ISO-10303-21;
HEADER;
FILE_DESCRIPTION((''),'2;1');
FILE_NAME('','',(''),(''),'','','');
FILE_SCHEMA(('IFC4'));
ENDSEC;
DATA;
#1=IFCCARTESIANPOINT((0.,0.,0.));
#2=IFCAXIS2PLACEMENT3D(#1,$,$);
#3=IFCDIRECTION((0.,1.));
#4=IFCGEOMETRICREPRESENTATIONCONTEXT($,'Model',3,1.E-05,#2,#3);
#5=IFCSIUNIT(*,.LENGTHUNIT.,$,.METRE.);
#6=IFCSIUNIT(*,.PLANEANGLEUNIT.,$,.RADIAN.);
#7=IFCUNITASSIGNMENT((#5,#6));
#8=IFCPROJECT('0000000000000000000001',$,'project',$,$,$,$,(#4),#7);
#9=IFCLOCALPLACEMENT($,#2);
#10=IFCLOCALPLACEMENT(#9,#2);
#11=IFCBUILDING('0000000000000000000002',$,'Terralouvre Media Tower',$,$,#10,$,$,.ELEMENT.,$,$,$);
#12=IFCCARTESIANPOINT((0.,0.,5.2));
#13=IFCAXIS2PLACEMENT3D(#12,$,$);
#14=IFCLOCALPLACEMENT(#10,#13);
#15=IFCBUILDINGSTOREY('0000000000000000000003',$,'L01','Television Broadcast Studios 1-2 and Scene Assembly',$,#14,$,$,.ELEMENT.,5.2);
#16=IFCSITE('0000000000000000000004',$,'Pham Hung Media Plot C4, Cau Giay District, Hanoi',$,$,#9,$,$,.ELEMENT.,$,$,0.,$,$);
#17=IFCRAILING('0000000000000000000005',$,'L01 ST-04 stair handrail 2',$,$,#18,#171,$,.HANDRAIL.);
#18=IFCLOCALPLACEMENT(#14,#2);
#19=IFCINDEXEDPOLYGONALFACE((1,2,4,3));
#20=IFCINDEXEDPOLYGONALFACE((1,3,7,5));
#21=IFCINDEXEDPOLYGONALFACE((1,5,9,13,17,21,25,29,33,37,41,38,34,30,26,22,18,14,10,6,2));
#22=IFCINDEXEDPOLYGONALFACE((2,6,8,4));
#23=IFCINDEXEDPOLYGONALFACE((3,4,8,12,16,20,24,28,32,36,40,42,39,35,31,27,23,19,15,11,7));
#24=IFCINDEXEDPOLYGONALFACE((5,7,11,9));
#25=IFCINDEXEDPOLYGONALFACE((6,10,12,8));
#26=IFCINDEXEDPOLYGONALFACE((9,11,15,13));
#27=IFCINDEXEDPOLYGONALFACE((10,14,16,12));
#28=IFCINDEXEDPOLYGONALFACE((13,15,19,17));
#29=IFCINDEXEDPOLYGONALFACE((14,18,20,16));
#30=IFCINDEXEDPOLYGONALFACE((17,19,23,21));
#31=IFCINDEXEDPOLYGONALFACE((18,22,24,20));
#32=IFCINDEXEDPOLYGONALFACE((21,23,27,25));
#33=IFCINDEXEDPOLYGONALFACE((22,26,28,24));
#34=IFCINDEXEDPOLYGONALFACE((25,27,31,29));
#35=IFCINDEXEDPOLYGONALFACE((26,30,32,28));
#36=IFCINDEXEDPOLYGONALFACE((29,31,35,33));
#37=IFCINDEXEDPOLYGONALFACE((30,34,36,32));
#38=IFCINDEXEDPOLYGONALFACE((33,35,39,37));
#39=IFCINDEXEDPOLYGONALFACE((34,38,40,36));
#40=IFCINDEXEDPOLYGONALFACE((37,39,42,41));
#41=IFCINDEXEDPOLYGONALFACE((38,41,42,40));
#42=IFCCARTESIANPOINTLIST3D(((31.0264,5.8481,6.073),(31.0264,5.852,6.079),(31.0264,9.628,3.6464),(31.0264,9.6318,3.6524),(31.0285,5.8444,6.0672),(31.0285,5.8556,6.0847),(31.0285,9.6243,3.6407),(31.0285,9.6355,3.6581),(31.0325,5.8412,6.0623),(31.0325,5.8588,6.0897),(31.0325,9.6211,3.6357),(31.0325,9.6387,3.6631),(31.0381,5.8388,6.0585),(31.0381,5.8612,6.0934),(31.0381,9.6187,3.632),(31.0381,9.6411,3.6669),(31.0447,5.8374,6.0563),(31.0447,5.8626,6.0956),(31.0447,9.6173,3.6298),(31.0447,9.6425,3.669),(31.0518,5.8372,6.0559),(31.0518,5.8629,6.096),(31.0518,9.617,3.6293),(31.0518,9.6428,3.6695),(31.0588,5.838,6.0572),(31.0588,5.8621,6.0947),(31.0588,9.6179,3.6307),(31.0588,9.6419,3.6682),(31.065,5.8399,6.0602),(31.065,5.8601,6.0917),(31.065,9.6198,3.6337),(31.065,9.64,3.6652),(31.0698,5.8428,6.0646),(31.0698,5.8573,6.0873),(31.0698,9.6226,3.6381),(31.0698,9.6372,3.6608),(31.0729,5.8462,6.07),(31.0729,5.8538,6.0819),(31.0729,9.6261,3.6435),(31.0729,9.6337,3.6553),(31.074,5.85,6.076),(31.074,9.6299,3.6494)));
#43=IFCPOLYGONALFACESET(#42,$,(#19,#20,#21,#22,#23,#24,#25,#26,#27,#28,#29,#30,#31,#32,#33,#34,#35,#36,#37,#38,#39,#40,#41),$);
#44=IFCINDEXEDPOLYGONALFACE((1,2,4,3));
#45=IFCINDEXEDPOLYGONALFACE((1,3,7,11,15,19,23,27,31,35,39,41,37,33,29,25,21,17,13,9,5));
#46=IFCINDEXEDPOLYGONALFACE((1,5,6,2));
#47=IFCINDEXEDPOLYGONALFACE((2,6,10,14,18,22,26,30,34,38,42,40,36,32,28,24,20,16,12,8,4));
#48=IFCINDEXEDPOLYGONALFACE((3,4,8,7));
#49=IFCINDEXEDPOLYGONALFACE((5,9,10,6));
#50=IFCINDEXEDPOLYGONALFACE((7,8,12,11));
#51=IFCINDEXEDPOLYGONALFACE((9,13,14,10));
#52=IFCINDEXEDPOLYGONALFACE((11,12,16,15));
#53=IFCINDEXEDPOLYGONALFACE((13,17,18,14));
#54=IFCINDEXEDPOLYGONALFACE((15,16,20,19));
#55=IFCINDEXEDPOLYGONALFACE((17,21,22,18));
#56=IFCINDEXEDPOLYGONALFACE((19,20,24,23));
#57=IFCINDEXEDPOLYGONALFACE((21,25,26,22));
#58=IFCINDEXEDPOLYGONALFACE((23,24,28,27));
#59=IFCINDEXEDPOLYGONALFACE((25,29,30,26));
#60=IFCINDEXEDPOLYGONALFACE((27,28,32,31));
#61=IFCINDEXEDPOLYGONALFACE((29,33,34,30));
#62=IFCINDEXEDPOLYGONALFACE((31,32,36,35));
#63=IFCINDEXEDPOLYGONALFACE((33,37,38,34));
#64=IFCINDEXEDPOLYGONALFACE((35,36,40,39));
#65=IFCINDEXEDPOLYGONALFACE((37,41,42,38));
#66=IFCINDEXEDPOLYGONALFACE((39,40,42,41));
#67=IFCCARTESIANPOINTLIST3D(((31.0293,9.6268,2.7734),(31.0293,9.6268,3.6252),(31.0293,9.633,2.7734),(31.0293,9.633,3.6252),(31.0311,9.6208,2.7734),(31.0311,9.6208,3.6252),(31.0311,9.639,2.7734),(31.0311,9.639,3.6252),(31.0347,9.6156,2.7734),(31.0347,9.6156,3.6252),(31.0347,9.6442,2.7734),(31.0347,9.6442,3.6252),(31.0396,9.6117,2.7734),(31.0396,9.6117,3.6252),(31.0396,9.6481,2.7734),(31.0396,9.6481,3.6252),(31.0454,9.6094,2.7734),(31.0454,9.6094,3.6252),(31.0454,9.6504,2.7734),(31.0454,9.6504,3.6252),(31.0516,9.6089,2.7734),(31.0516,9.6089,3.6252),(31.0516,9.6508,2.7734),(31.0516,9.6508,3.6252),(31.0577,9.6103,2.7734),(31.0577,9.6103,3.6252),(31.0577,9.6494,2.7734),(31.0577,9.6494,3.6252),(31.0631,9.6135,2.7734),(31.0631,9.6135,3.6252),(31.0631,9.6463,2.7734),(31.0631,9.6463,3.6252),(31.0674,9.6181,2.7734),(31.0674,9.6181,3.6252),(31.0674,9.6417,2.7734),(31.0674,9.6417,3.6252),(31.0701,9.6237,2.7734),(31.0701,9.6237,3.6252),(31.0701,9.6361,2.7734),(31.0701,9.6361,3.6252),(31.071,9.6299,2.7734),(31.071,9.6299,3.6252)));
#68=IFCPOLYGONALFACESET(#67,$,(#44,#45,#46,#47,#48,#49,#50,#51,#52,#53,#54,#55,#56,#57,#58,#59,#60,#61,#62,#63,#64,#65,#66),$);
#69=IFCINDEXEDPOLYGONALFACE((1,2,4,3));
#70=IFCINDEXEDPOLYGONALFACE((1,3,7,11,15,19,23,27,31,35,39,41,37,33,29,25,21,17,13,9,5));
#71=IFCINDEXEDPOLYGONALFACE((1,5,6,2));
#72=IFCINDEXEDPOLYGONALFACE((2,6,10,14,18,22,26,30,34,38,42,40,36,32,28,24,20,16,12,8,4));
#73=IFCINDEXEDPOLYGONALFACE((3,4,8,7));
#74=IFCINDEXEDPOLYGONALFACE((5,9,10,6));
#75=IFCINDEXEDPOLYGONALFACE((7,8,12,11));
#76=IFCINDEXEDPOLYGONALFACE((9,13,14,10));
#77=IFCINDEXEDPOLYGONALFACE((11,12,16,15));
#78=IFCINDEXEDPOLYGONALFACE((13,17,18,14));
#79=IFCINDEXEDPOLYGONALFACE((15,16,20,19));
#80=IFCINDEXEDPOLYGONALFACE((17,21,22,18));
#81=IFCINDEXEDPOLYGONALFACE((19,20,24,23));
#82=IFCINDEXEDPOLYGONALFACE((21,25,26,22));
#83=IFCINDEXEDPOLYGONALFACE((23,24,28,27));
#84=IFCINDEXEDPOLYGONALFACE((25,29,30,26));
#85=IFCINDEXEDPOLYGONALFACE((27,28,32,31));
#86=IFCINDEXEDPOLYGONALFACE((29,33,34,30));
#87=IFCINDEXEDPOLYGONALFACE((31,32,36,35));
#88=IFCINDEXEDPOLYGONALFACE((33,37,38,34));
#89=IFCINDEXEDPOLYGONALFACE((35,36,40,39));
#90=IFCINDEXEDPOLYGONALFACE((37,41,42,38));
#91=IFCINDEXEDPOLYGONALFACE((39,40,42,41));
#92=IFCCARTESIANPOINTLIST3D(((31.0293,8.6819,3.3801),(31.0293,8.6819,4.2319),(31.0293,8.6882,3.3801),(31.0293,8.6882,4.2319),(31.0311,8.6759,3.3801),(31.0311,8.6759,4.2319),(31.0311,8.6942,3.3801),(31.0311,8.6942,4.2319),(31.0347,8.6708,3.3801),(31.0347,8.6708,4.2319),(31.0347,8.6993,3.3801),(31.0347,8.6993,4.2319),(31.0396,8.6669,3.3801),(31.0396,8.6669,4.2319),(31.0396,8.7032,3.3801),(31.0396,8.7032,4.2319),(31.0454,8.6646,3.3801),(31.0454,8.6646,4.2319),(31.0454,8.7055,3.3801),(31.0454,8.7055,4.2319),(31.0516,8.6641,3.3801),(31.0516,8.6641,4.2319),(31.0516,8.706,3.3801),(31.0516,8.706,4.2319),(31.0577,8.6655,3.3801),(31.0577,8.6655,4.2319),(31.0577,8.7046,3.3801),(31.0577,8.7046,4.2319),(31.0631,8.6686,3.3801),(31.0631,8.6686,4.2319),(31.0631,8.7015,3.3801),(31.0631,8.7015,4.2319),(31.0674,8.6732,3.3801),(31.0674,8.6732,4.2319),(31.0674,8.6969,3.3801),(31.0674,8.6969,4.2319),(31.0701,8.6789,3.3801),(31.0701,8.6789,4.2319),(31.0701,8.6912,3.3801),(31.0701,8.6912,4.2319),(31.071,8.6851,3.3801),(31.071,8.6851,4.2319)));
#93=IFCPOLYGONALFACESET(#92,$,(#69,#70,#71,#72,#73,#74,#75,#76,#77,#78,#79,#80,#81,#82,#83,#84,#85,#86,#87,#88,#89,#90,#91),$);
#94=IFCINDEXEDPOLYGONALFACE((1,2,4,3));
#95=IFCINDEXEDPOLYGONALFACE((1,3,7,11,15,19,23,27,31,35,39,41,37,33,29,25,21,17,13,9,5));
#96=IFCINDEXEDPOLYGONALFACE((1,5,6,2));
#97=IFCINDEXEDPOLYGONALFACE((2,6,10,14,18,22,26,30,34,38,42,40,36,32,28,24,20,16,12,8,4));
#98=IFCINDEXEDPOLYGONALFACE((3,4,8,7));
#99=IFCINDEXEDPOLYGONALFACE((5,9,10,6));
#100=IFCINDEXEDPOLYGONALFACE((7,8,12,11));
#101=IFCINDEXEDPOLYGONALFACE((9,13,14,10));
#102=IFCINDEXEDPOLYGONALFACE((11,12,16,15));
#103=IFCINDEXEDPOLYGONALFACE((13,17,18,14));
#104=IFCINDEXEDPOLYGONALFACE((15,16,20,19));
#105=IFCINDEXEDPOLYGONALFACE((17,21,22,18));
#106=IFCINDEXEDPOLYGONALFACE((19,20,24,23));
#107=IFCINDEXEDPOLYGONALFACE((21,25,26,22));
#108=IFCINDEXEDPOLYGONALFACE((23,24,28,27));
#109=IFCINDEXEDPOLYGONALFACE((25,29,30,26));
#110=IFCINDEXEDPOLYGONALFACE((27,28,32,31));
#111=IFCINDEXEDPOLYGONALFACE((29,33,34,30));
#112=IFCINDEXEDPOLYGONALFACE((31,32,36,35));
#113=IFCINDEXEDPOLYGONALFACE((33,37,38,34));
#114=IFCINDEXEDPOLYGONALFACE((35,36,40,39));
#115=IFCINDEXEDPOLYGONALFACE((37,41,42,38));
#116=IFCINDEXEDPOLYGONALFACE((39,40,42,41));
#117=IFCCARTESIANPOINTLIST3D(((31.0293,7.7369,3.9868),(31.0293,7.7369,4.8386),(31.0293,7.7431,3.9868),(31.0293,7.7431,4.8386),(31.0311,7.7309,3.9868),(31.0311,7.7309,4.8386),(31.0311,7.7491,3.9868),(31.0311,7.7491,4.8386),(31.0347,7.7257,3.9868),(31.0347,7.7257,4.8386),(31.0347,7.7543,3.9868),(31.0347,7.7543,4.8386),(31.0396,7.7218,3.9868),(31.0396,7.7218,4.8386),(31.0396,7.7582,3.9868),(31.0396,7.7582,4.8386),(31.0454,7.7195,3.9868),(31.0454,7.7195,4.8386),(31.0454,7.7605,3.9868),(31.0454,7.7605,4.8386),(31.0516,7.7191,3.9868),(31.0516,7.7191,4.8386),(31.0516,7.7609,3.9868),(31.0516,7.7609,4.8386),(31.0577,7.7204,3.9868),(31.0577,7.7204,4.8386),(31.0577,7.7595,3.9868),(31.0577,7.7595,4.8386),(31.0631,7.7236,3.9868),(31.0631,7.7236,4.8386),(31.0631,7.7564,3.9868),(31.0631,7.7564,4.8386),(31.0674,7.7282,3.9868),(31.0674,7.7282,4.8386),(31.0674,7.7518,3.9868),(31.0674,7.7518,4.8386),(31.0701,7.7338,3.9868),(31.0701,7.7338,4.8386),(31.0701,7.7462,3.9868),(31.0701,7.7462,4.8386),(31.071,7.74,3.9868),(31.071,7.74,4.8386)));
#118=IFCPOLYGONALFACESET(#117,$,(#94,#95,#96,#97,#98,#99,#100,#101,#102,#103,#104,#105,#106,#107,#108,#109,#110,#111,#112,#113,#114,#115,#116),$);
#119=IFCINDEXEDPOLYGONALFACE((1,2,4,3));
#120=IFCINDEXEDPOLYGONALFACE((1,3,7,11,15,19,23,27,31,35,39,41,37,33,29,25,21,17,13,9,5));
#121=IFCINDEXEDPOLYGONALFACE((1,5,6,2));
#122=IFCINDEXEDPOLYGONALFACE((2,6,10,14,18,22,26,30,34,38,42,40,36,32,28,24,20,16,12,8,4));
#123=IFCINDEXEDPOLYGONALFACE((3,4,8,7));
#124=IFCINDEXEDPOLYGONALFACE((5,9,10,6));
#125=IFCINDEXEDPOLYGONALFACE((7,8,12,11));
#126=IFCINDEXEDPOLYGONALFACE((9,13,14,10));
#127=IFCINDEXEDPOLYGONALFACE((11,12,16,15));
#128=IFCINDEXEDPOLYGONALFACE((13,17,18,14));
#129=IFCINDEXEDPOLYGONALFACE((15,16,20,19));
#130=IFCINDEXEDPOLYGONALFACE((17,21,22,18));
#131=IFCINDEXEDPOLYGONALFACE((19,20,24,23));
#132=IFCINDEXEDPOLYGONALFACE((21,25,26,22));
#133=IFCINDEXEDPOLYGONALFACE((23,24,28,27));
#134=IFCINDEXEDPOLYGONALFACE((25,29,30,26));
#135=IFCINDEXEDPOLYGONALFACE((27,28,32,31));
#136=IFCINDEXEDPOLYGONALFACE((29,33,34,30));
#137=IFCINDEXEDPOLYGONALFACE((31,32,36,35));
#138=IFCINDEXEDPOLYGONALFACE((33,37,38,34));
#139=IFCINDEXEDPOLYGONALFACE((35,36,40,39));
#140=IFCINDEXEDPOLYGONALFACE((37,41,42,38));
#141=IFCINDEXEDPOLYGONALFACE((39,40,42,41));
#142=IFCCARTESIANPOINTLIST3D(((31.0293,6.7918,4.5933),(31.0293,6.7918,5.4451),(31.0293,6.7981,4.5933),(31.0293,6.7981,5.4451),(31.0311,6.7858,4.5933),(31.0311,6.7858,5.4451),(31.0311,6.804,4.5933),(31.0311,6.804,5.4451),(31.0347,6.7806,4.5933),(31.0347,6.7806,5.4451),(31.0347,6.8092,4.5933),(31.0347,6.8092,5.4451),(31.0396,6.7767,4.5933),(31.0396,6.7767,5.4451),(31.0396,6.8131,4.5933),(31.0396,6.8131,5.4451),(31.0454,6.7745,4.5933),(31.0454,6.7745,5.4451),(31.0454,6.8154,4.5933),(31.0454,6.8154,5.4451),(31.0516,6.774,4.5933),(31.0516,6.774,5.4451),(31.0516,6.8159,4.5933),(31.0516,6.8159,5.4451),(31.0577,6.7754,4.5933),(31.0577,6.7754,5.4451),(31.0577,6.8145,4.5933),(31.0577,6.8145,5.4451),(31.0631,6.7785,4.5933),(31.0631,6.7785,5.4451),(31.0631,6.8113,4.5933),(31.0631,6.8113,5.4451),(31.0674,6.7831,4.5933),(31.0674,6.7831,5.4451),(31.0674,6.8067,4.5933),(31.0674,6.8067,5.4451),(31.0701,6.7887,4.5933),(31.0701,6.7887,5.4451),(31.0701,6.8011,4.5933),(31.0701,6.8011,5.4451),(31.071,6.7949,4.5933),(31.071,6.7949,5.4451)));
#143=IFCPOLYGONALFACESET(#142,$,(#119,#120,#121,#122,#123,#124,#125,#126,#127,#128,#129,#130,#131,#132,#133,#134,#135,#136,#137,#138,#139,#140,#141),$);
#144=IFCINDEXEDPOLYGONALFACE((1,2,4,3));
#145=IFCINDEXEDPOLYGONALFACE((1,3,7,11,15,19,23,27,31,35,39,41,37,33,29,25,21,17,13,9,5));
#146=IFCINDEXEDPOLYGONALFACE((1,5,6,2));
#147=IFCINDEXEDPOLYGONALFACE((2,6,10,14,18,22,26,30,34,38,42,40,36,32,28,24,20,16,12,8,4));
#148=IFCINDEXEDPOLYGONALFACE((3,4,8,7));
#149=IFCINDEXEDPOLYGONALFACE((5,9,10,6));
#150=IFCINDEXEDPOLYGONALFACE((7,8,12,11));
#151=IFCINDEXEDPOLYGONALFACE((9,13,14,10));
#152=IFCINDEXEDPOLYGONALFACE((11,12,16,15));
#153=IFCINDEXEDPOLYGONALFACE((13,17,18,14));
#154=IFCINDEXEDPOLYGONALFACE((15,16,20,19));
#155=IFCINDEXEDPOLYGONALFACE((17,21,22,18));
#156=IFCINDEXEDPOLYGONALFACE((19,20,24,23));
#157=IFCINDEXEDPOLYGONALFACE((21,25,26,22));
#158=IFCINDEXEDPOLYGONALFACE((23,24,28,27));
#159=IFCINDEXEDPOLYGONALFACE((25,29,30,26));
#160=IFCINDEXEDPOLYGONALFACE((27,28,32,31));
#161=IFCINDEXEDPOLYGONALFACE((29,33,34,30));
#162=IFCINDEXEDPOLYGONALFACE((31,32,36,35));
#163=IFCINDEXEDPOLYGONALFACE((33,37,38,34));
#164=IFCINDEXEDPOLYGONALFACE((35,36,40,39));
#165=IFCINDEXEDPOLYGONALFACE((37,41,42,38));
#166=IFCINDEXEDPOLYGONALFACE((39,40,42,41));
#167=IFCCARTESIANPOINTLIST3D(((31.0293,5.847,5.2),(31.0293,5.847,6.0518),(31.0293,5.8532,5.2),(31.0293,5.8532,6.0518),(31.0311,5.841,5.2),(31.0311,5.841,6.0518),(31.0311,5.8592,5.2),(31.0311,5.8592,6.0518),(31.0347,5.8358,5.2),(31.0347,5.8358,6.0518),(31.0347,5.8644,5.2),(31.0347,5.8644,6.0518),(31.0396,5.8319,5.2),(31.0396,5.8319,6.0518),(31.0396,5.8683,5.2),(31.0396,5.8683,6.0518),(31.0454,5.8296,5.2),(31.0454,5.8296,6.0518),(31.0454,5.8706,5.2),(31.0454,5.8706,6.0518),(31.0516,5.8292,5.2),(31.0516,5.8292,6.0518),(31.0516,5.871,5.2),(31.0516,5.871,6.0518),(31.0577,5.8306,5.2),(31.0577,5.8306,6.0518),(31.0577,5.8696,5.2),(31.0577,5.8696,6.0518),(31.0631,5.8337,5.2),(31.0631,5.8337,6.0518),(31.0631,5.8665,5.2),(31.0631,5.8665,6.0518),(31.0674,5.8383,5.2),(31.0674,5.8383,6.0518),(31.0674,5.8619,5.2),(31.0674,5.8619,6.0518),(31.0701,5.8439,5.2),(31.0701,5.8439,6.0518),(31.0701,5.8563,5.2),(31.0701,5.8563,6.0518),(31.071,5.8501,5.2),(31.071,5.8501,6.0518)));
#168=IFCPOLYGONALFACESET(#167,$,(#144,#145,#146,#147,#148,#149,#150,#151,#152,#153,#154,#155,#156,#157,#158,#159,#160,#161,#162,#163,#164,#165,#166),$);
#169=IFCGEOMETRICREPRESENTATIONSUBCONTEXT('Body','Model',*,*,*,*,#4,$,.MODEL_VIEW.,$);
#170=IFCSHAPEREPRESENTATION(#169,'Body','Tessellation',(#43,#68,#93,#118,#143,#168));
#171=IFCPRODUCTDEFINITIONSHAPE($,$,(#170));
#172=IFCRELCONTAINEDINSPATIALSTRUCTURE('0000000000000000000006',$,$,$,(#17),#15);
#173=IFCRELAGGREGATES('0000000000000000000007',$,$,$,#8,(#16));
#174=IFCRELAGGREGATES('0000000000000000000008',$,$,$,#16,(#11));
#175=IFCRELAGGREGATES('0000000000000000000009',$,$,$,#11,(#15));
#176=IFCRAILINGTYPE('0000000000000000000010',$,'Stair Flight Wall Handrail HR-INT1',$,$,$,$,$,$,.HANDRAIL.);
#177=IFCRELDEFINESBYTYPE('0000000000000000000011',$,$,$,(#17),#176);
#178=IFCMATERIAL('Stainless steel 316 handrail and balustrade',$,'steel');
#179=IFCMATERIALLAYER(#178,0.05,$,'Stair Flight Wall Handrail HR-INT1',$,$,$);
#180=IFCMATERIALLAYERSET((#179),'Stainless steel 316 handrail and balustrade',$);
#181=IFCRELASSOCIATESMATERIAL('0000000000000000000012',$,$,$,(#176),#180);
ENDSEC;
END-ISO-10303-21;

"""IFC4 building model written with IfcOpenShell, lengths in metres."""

from ifc_helpers import new_model, si_unit, direction, frame, origin, origin_2d, place, context, subcontext, project, spatial, circle, extrude, material, layer, layer_set, type_object, element, save


model = new_model("IFC4")

# Units and contexts
model_context = context("Model", 3, precision=1e-05, world=origin(), true_north=direction((0.0, 1.0)))
body_context = subcontext(model_context, "Body", "Model", "MODEL_VIEW")
ifc_project = project(units=[si_unit("LENGTHUNIT", "METRE"), si_unit("PLANEANGLEUNIT", "RADIAN")], contexts=[model_context])

# Site, building, storey
site_placement = place(None, origin())
site = spatial("IfcSite", under=ifc_project, at=site_placement, Name="Pham Hung Media Plot C4, Cau Giay District, Hanoi", CompositionType="ELEMENT", RefElevation=0.0)
building_placement = place(site_placement, origin())
building = spatial("IfcBuilding", under=site, at=building_placement, Name="Terralouvre Media Tower", CompositionType="ELEMENT")
storey_placement = place(building_placement, frame((0.0, 0.0, 5.2)))
storey = spatial("IfcBuildingStorey", under=building, at=storey_placement, Name="L01", Description="Television Broadcast Studios 1-2 and Scene Assembly", CompositionType="ELEMENT", Elevation=5.2)

# Railing
ifc_material_1 = material(Name="Stainless steel 316 handrail and balustrade", Category="steel")
ifc_layer_1 = layer(ifc_material_1, 0.05, Name="Stair Flight Wall Handrail HR-INT1")
ifc_layer_set_1 = layer_set([ifc_layer_1], Name="Stainless steel 316 handrail and balustrade")
railing_type_1 = type_object("IfcRailingType", Name="Stair Flight Wall Handrail HR-INT1", PredefinedType="HANDRAIL", material=ifc_layer_set_1)
railing_1_placement = place(storey_placement, frame((31.05, 9.6299, 2.7734)))
element("IfcRailing", 1, at=railing_1_placement, inside=storey, type_object=railing_type_1, Name="L01 ST-04 stair handrail 2", PredefinedType="HANDRAIL", context=body_context, shape_type="SweptSolid", body=[
    extrude(circle(Radius=0.0239, at=origin_2d()), frame((0.0, 0.0, 0.876), z_axis=(0.0, -0.841517, 0.54023), x_axis=(1.0, 0.0, 0.0)), (0.0, 0.0, 1.0), 4.4917),
    extrude(circle(Radius=0.021, at=origin_2d()), origin(), (0.0, 0.0, 1.0), 0.8518),
    extrude(circle(Radius=0.021, at=origin_2d()), frame((0.0, -0.9448, 0.6067)), (0.0, 0.0, 1.0), 0.8518),
    extrude(circle(Radius=0.021, at=origin_2d()), frame((0.0, -1.8899, 1.2134)), (0.0, 0.0, 1.0), 0.8518),
    extrude(circle(Radius=0.021, at=origin_2d()), frame((0.0, -2.835, 1.8198)), (0.0, 0.0, 1.0), 0.8518),
    extrude(circle(Radius=0.021, at=origin_2d()), frame((0.0, -3.7798, 2.4265)), (0.0, 0.0, 1.0), 0.8518),
])

save(model, "model.ifc")
